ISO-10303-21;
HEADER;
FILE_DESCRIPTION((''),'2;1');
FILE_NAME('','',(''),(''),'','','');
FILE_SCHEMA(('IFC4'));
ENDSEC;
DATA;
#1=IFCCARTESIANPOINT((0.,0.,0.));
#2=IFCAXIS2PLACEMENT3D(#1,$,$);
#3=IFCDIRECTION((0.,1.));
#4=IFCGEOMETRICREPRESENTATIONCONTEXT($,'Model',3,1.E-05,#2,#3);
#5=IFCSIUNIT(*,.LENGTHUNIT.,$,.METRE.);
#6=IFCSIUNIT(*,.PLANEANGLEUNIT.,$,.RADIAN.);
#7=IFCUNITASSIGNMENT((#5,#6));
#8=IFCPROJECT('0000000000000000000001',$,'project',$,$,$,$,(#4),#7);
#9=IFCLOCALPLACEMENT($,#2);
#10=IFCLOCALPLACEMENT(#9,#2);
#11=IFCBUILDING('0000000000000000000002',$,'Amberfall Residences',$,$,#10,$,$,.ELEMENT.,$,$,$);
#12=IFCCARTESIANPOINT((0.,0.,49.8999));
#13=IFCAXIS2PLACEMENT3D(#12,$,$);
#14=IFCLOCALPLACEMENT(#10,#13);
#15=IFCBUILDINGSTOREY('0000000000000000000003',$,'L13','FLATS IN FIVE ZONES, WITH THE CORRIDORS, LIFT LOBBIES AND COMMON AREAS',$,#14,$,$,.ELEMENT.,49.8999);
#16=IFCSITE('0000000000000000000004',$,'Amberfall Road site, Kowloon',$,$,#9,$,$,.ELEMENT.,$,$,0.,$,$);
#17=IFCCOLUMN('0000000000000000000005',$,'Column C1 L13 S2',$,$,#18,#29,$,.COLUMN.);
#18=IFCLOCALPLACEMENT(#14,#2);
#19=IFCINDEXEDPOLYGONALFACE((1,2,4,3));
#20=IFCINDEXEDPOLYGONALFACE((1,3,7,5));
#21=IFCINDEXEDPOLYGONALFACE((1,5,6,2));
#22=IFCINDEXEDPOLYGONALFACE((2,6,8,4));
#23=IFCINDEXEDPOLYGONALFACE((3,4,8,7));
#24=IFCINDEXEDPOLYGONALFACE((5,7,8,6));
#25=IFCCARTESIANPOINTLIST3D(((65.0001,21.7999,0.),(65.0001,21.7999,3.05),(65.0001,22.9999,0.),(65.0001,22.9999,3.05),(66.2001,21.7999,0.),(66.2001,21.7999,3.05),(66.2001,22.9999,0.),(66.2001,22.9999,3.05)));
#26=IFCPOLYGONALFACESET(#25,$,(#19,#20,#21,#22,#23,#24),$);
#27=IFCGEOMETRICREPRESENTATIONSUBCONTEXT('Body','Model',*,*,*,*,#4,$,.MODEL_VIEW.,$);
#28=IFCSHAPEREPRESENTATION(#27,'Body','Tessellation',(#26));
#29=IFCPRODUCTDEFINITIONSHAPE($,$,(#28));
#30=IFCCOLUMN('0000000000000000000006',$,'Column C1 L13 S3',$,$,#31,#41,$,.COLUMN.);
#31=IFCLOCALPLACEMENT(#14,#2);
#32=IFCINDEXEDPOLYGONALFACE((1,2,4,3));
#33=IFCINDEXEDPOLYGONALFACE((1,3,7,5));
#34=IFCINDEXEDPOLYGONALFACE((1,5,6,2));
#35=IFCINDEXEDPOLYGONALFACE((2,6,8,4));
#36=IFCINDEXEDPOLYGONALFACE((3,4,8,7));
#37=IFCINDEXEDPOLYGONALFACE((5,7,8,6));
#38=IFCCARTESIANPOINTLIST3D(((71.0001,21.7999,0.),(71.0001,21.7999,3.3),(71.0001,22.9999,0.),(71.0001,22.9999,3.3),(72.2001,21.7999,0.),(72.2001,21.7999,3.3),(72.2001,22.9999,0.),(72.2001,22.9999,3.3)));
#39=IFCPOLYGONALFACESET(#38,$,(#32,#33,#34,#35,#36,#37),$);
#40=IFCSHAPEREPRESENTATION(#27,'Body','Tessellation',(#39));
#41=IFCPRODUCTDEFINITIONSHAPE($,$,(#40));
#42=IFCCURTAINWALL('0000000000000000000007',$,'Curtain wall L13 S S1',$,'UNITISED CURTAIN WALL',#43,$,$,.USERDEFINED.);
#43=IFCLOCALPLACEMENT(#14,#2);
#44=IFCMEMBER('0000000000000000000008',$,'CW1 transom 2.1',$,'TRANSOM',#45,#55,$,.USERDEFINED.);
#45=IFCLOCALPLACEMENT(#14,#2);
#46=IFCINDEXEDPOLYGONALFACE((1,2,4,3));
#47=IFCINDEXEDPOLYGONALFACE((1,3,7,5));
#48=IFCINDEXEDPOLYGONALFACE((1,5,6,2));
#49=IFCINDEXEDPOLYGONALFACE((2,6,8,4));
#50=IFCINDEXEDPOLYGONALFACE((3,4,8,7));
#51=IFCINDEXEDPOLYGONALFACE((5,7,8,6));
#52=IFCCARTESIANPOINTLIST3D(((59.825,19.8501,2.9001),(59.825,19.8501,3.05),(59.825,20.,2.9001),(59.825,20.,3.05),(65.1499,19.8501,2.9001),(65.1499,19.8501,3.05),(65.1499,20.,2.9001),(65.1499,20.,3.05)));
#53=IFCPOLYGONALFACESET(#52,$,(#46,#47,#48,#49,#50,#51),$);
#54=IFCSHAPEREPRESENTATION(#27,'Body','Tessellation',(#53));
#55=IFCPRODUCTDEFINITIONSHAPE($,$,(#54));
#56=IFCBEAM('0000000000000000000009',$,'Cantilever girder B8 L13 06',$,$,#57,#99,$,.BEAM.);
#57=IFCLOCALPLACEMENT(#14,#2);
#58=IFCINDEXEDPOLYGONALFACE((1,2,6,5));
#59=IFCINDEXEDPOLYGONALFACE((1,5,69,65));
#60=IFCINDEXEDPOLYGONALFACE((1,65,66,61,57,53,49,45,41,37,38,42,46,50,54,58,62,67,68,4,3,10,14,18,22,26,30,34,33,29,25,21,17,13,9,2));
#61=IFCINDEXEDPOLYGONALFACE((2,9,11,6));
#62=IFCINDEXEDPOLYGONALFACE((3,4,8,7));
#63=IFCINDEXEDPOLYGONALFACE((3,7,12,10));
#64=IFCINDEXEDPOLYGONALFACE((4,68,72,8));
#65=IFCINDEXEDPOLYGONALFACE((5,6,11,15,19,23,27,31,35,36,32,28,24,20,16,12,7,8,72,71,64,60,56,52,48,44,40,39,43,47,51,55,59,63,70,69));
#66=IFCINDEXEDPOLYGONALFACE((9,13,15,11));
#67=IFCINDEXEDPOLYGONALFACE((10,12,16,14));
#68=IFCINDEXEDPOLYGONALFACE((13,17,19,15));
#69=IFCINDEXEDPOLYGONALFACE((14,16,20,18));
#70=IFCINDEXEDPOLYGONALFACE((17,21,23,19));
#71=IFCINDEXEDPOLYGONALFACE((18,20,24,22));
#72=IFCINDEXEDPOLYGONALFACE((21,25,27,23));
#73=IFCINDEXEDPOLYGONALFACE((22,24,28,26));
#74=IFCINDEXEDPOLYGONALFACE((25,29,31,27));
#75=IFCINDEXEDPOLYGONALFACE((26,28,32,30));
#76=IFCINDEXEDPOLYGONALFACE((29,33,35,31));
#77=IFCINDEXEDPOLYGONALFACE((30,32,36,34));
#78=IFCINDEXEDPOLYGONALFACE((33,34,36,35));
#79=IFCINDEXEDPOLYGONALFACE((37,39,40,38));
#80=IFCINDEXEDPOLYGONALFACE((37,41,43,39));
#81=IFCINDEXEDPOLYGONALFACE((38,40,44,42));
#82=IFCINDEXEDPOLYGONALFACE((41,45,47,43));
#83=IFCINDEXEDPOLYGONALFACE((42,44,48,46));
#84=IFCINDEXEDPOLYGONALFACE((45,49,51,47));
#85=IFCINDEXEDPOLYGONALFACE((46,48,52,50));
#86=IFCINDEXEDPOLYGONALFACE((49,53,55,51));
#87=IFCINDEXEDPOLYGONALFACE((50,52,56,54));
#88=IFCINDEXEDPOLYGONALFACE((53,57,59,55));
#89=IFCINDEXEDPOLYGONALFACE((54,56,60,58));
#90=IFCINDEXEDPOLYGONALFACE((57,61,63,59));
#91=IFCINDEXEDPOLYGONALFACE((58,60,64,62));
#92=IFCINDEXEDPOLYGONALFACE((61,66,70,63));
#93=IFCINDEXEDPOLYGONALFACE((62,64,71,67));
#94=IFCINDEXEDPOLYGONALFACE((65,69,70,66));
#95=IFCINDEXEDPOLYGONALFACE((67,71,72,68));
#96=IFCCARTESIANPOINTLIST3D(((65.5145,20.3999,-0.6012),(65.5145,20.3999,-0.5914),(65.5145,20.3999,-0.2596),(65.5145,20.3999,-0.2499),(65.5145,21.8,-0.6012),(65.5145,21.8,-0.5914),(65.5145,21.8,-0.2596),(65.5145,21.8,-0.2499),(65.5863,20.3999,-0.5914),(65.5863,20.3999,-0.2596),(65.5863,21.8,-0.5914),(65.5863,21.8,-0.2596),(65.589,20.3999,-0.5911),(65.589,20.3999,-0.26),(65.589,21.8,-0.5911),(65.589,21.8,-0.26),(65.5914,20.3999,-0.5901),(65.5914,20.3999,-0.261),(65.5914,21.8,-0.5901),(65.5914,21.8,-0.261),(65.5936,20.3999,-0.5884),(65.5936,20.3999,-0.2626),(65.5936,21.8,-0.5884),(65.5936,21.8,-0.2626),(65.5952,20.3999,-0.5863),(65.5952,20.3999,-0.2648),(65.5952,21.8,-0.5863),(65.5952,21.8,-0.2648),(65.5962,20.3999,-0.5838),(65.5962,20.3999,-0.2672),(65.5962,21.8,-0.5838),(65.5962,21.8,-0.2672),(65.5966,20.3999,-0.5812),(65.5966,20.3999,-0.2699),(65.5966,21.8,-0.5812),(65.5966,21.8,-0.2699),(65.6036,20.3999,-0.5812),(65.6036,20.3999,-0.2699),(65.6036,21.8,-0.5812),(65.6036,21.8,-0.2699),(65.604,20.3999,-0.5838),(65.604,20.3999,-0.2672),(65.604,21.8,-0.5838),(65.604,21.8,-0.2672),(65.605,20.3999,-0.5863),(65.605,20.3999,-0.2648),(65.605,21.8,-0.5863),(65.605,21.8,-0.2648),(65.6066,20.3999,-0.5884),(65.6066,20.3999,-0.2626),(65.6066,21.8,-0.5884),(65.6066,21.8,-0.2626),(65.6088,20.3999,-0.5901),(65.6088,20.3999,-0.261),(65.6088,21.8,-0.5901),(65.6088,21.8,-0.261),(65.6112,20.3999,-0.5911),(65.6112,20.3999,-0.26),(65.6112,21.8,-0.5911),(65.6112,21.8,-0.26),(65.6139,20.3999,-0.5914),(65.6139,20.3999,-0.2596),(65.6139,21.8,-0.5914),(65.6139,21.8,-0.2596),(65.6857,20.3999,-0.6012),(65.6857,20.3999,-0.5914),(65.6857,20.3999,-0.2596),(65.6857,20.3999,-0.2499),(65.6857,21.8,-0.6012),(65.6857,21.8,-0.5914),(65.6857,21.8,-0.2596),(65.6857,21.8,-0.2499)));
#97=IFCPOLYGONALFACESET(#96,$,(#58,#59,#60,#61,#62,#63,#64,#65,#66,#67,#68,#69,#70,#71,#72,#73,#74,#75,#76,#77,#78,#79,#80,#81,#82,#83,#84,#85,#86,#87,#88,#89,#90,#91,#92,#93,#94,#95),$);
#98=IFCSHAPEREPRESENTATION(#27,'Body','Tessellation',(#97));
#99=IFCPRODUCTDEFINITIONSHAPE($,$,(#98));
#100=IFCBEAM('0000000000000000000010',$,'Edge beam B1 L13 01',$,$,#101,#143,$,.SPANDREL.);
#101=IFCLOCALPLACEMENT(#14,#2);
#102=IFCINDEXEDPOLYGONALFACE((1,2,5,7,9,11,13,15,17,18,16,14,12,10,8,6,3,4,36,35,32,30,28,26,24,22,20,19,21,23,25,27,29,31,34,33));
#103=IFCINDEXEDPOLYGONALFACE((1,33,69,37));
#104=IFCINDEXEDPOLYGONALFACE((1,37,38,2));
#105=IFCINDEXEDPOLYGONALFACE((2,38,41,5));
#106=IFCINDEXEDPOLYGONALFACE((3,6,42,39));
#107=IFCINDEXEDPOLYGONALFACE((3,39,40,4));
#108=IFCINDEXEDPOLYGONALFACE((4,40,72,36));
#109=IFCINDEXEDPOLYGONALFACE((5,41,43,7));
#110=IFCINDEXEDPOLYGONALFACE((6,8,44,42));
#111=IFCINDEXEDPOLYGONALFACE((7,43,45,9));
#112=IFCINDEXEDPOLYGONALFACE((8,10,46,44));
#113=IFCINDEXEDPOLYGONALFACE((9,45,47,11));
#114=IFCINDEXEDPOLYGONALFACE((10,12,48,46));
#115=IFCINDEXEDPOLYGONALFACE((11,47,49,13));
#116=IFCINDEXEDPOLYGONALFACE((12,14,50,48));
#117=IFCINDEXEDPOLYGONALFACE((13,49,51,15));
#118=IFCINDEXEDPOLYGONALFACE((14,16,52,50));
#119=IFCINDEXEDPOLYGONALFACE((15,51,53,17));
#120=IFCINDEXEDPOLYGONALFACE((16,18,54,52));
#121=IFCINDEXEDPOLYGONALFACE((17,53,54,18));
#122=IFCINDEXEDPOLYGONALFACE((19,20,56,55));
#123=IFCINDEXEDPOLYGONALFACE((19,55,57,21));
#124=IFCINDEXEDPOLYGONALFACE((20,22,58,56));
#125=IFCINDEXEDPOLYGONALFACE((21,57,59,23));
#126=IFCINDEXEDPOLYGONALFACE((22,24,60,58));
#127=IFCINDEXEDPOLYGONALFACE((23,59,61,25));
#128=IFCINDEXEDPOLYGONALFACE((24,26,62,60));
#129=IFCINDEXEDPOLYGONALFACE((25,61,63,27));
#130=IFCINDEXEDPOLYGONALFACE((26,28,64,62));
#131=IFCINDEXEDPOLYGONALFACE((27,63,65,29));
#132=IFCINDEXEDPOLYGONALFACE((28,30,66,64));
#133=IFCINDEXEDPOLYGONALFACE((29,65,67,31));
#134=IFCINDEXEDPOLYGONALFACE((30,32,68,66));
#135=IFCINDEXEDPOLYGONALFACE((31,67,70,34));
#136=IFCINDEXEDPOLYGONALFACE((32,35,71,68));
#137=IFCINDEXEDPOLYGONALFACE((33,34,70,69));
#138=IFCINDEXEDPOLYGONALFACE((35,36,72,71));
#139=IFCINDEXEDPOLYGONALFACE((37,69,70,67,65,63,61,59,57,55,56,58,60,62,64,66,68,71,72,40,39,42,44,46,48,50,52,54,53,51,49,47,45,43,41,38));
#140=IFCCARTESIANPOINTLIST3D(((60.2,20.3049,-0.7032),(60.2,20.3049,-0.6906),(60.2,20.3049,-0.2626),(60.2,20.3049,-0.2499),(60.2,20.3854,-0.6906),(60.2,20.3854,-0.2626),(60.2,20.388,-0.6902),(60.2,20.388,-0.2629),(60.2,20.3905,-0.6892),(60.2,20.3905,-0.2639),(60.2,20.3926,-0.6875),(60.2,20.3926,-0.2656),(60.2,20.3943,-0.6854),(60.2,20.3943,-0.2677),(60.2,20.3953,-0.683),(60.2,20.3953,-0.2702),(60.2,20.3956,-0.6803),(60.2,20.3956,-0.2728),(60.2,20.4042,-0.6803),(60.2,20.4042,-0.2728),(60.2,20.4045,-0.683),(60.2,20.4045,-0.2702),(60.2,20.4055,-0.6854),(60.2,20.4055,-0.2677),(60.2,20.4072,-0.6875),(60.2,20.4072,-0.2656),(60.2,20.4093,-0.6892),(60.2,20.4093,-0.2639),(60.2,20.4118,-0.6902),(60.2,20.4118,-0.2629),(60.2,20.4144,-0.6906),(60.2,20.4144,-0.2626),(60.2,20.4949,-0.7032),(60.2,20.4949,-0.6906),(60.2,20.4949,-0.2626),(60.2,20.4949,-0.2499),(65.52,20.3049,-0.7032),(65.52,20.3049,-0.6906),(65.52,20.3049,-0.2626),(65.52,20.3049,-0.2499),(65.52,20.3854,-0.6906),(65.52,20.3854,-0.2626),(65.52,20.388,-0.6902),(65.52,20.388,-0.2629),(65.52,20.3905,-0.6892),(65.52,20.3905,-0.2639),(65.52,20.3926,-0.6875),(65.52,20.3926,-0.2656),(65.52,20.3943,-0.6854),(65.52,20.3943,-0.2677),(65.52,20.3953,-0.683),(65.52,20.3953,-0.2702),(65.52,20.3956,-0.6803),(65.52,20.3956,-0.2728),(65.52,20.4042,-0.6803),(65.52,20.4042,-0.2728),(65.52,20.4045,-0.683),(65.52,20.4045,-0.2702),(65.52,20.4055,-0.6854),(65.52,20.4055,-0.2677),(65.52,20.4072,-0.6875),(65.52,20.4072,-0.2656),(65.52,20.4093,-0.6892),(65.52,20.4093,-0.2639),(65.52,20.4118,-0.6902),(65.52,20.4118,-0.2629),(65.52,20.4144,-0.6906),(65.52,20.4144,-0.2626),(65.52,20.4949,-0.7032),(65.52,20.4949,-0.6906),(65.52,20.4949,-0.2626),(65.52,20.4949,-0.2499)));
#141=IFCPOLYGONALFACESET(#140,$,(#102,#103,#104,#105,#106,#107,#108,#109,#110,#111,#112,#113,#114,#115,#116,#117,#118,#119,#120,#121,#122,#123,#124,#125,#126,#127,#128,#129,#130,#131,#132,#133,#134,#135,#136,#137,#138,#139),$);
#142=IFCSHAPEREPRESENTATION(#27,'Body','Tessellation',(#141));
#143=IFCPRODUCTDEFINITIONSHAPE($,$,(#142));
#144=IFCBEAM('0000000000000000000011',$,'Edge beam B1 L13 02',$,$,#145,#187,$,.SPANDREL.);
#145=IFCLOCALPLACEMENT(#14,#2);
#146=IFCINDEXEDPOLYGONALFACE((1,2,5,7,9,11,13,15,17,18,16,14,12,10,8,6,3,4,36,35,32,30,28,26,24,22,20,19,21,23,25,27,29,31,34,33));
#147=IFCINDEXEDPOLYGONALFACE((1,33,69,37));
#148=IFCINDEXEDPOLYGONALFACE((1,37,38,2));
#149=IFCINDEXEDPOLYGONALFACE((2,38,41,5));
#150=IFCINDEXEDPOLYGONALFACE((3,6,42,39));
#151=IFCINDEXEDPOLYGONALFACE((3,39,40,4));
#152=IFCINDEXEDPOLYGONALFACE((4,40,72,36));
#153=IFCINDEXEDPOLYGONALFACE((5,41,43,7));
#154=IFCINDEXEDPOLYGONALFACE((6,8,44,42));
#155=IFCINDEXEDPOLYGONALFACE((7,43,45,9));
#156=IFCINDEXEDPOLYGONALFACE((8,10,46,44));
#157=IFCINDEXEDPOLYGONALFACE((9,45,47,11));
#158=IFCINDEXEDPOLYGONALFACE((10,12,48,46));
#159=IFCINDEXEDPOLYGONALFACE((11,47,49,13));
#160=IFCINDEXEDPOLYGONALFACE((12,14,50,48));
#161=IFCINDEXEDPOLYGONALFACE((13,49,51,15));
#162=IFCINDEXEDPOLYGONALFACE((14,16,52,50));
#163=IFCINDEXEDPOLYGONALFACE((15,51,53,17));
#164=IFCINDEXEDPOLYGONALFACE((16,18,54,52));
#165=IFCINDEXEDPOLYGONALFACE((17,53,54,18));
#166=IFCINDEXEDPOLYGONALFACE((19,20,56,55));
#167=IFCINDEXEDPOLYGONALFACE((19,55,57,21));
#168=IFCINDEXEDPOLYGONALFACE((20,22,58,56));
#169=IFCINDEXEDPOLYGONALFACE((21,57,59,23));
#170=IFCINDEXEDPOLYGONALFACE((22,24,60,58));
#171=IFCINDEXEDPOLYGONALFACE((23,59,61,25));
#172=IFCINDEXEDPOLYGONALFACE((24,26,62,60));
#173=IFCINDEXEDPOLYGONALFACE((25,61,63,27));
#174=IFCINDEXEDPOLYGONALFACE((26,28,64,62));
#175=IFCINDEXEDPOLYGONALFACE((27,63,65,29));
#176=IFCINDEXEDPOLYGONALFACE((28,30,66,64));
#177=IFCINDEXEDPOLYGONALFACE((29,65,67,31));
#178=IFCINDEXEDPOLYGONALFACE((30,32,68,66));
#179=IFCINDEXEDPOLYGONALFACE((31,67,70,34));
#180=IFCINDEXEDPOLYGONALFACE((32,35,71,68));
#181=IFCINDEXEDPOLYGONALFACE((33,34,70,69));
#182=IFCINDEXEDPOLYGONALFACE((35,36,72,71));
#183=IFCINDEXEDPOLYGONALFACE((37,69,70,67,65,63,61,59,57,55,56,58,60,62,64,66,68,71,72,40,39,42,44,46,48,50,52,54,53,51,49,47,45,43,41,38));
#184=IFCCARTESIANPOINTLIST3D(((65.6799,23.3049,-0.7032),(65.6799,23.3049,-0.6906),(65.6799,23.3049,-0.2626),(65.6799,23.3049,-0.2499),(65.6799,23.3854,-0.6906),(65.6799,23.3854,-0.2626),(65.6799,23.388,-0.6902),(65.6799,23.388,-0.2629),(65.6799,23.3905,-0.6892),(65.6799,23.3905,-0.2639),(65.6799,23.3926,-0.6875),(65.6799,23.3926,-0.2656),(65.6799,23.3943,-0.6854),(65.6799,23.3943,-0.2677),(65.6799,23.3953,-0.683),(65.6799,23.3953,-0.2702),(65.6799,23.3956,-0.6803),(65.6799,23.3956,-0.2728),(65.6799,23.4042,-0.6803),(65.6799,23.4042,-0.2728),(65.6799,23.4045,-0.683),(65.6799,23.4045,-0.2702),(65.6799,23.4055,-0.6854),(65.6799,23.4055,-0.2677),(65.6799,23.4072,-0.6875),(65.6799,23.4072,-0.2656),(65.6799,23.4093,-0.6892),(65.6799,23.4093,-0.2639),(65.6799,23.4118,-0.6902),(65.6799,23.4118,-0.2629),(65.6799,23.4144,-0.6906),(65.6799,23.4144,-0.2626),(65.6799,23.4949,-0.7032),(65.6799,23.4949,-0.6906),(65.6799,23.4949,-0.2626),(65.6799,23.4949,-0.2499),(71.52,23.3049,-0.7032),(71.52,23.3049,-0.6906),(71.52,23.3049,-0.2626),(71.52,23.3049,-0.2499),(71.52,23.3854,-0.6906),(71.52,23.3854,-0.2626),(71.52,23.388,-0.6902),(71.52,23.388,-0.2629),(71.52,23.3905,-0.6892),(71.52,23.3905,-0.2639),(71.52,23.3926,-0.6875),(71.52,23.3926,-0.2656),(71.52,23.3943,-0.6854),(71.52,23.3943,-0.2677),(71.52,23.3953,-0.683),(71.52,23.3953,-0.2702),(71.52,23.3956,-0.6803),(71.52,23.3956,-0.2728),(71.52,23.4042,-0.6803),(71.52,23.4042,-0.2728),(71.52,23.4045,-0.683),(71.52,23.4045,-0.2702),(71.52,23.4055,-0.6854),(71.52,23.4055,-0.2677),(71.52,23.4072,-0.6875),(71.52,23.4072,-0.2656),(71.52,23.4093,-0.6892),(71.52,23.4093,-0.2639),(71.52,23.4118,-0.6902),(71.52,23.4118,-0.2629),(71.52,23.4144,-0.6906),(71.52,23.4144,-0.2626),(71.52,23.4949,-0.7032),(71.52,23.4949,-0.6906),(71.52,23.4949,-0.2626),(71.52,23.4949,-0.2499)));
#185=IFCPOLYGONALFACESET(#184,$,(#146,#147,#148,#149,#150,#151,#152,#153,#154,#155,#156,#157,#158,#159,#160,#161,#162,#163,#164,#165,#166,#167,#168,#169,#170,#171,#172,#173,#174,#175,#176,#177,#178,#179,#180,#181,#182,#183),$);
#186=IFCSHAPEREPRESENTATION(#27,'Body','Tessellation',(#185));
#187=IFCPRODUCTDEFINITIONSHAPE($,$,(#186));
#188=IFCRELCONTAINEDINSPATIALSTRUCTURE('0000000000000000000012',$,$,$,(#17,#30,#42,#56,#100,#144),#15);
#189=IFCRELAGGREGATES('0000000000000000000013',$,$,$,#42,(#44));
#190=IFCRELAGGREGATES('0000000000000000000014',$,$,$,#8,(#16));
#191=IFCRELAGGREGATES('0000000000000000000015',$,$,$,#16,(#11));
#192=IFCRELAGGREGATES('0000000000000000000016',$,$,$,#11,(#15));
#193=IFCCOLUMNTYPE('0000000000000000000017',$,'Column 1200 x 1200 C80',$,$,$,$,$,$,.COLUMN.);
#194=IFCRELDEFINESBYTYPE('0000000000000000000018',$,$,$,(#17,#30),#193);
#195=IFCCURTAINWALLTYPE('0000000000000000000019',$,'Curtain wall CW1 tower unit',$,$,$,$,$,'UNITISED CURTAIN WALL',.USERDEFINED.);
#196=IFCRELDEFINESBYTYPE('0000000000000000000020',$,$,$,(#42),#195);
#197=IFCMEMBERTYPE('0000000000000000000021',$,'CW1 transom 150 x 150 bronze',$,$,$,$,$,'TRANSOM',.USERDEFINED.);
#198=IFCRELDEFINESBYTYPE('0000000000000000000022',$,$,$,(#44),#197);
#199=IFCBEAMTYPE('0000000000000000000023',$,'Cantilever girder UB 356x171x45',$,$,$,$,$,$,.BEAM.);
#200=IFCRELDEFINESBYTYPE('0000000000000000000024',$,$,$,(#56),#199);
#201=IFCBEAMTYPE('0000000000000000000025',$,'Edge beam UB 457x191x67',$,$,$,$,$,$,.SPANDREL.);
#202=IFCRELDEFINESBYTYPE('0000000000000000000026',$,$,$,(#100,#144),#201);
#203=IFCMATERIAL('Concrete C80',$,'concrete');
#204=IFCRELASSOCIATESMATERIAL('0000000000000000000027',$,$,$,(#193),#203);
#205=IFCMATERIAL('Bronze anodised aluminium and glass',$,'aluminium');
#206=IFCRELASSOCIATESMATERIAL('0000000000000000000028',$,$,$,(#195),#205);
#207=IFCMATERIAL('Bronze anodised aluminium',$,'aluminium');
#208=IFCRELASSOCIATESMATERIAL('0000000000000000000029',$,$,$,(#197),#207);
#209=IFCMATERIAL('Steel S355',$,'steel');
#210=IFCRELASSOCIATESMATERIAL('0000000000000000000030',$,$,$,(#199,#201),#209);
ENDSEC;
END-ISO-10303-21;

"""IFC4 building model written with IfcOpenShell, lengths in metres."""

from ifc_helpers import new_model, si_unit, direction, frame, origin, origin_2d, place, context, subcontext, project, spatial, rectangle, i_section, extrude, material, material_profile, profile_set, type_object, element, aggregate, save


model = new_model("IFC4")

# Units and contexts
model_context = context("Model", 3, precision=1e-05, world=origin(), true_north=direction((0.0, 1.0)))
body_context = subcontext(model_context, "Body", "Model", "MODEL_VIEW")
ifc_project = project(units=[si_unit("LENGTHUNIT", "METRE"), si_unit("PLANEANGLEUNIT", "RADIAN")], contexts=[model_context])

# Site, building, storey
site_placement = place(None, origin())
site = spatial("IfcSite", under=ifc_project, at=site_placement, Name="Amberfall Road site, Kowloon", CompositionType="ELEMENT", RefElevation=0.0)
building_placement = place(site_placement, origin())
building = spatial("IfcBuilding", under=site, at=building_placement, Name="Amberfall Residences", CompositionType="ELEMENT")
storey_placement = place(building_placement, frame((0.0, 0.0, 49.8999)))
storey = spatial("IfcBuildingStorey", under=building, at=storey_placement, Name="L13", Description="FLATS IN FIVE ZONES, WITH THE CORRIDORS, LIFT LOBBIES AND COMMON AREAS", CompositionType="ELEMENT", Elevation=49.8999)

# Columns
ifc_material_1 = material(Name="Concrete C80", Category="concrete")
ifc_material_profile_1 = material_profile(ifc_material_1, rectangle(XDim=1.2, YDim=1.2, at=origin_2d()), Name="Column 1200 x 1200 C80")
ifc_profile_set_1 = profile_set([ifc_material_profile_1], Name="Concrete C80")
column_type = type_object("IfcColumnType", Name="Column 1200 x 1200 C80", PredefinedType="COLUMN", material=ifc_profile_set_1)
column_1_placement = place(storey_placement, frame((65.6001, 22.3999, 0.0), z_axis=(0.0, 0.0, 1.0), x_axis=(1.0, 0.0, 0.0)))
element("IfcColumn", 1, at=column_1_placement, inside=storey, type_object=column_type, Name="Column C1 L13 S2", PredefinedType="COLUMN", context=body_context, shape_type="SweptSolid", body=[
    extrude(rectangle(XDim=1.2, YDim=1.2, at=origin_2d()), origin(), (0.0, 0.0, 1.0), 3.05),
])
column_2_placement = place(storey_placement, frame((71.6001, 22.3999, 0.0), z_axis=(0.0, 0.0, 1.0), x_axis=(1.0, 0.0, 0.0)))
element("IfcColumn", 2, at=column_2_placement, inside=storey, type_object=column_type, Name="Column C1 L13 S3", PredefinedType="COLUMN", context=body_context, shape_type="SweptSolid", body=[
    extrude(rectangle(XDim=1.2, YDim=1.2, at=origin_2d()), origin(), (0.0, 0.0, 1.0), 3.3),
])

# Curtain wall, member
ifc_material_2 = material(Name="Bronze anodised aluminium and glass", Category="aluminium")
curtain_wall_type = type_object("IfcCurtainWallType", Name="Curtain wall CW1 tower unit", ElementType="UNITISED CURTAIN WALL", PredefinedType="USERDEFINED", material=ifc_material_2)
curtain_wall_placement = place(storey_placement, origin())
curtain_wall = element("IfcCurtainWall", 3, at=curtain_wall_placement, inside=storey, type_object=curtain_wall_type, Name="Curtain wall L13 S S1", ObjectType="UNITISED CURTAIN WALL", PredefinedType="USERDEFINED")
ifc_material_3 = material(Name="Bronze anodised aluminium", Category="aluminium")
ifc_material_profile_2 = material_profile(ifc_material_3, rectangle(XDim=0.1499, YDim=0.1499, at=origin_2d()), Name="CW1 transom 150 x 150 bronze")
ifc_profile_set_2 = profile_set([ifc_material_profile_2], Name="Bronze anodised aluminium")
member_type_1 = type_object("IfcMemberType", Name="CW1 transom 150 x 150 bronze", ElementType="TRANSOM", PredefinedType="USERDEFINED", material=ifc_profile_set_2)
member_1_placement = place(storey_placement, frame((59.825, 19.925, 2.9751), z_axis=(1.0, 0.0, 0.0), x_axis=(0.0, 1.0, 0.0)))
member_1 = element("IfcMember", 4, at=member_1_placement, type_object=member_type_1, Name="CW1 transom 2.1", ObjectType="TRANSOM", PredefinedType="USERDEFINED", context=body_context, shape_type="SweptSolid", body=[
    extrude(rectangle(XDim=0.1499, YDim=0.1499, at=origin_2d()), origin(), (0.0, 0.0, 1.0), 5.325),
])

# Beams
ifc_material_4 = material(Name="Steel S355", Category="steel")
ifc_material_profile_3 = material_profile(ifc_material_4, i_section(OverallWidth=0.1711, OverallDepth=0.3513, WebThickness=0.0071, FlangeThickness=0.0098, FilletRadius=0.0103, at=origin_2d()), Name="UB 356x171x45")
ifc_profile_set_3 = profile_set([ifc_material_profile_3], Name="Steel S355")
beam_type_1 = type_object("IfcBeamType", Name="Cantilever girder UB 356x171x45", PredefinedType="BEAM", material=ifc_profile_set_3)
beam_1_placement = place(storey_placement, frame((65.6001, 21.8, -0.4255), z_axis=(0.0, -1.0, 0.0), x_axis=(1.0, 0.0, 0.0)))
element("IfcBeam", 5, at=beam_1_placement, inside=storey, type_object=beam_type_1, Name="Cantilever girder B8 L13 06", PredefinedType="BEAM", context=body_context, shape_type="SweptSolid", body=[
    extrude(i_section(OverallWidth=0.1711, OverallDepth=0.3513, WebThickness=0.0071, FlangeThickness=0.0098, FilletRadius=0.0103, at=origin_2d()), origin(), (0.0, 0.0, 1.0), 1.4001),
])
ifc_material_profile_4 = material_profile(ifc_material_4, i_section(OverallWidth=0.1899, OverallDepth=0.4534, WebThickness=0.0085, FlangeThickness=0.0127, FilletRadius=0.0103, at=origin_2d()), Name="UB 457x191x67")
ifc_profile_set_4 = profile_set([ifc_material_profile_4], Name="Steel S355")
beam_type_2 = type_object("IfcBeamType", Name="Edge beam UB 457x191x67", PredefinedType="SPANDREL", material=ifc_profile_set_4)
beam_2_placement = place(storey_placement, frame((60.2, 20.3999, -0.4766), z_axis=(1.0, 0.0, 0.0), x_axis=(0.0, 1.0, 0.0)))
element("IfcBeam", 6, at=beam_2_placement, inside=storey, type_object=beam_type_2, Name="Edge beam B1 L13 01", PredefinedType="SPANDREL", context=body_context, shape_type="SweptSolid", body=[
    extrude(i_section(OverallWidth=0.1899, OverallDepth=0.4534, WebThickness=0.0085, FlangeThickness=0.0127, FilletRadius=0.0103, at=origin_2d()), origin(), (0.0, 0.0, 1.0), 5.3201),
])
beam_3_placement = place(storey_placement, frame((65.6799, 23.3999, -0.4766), z_axis=(1.0, 0.0, 0.0), x_axis=(0.0, 1.0, 0.0)))
element("IfcBeam", 7, at=beam_3_placement, inside=storey, type_object=beam_type_2, Name="Edge beam B1 L13 02", PredefinedType="SPANDREL", context=body_context, shape_type="SweptSolid", body=[
    extrude(i_section(OverallWidth=0.1899, OverallDepth=0.4534, WebThickness=0.0085, FlangeThickness=0.0127, FilletRadius=0.0103, at=origin_2d()), origin(), (0.0, 0.0, 1.0), 5.8401),
])

aggregate(curtain_wall, [member_1])

save(model, "model.ifc")
